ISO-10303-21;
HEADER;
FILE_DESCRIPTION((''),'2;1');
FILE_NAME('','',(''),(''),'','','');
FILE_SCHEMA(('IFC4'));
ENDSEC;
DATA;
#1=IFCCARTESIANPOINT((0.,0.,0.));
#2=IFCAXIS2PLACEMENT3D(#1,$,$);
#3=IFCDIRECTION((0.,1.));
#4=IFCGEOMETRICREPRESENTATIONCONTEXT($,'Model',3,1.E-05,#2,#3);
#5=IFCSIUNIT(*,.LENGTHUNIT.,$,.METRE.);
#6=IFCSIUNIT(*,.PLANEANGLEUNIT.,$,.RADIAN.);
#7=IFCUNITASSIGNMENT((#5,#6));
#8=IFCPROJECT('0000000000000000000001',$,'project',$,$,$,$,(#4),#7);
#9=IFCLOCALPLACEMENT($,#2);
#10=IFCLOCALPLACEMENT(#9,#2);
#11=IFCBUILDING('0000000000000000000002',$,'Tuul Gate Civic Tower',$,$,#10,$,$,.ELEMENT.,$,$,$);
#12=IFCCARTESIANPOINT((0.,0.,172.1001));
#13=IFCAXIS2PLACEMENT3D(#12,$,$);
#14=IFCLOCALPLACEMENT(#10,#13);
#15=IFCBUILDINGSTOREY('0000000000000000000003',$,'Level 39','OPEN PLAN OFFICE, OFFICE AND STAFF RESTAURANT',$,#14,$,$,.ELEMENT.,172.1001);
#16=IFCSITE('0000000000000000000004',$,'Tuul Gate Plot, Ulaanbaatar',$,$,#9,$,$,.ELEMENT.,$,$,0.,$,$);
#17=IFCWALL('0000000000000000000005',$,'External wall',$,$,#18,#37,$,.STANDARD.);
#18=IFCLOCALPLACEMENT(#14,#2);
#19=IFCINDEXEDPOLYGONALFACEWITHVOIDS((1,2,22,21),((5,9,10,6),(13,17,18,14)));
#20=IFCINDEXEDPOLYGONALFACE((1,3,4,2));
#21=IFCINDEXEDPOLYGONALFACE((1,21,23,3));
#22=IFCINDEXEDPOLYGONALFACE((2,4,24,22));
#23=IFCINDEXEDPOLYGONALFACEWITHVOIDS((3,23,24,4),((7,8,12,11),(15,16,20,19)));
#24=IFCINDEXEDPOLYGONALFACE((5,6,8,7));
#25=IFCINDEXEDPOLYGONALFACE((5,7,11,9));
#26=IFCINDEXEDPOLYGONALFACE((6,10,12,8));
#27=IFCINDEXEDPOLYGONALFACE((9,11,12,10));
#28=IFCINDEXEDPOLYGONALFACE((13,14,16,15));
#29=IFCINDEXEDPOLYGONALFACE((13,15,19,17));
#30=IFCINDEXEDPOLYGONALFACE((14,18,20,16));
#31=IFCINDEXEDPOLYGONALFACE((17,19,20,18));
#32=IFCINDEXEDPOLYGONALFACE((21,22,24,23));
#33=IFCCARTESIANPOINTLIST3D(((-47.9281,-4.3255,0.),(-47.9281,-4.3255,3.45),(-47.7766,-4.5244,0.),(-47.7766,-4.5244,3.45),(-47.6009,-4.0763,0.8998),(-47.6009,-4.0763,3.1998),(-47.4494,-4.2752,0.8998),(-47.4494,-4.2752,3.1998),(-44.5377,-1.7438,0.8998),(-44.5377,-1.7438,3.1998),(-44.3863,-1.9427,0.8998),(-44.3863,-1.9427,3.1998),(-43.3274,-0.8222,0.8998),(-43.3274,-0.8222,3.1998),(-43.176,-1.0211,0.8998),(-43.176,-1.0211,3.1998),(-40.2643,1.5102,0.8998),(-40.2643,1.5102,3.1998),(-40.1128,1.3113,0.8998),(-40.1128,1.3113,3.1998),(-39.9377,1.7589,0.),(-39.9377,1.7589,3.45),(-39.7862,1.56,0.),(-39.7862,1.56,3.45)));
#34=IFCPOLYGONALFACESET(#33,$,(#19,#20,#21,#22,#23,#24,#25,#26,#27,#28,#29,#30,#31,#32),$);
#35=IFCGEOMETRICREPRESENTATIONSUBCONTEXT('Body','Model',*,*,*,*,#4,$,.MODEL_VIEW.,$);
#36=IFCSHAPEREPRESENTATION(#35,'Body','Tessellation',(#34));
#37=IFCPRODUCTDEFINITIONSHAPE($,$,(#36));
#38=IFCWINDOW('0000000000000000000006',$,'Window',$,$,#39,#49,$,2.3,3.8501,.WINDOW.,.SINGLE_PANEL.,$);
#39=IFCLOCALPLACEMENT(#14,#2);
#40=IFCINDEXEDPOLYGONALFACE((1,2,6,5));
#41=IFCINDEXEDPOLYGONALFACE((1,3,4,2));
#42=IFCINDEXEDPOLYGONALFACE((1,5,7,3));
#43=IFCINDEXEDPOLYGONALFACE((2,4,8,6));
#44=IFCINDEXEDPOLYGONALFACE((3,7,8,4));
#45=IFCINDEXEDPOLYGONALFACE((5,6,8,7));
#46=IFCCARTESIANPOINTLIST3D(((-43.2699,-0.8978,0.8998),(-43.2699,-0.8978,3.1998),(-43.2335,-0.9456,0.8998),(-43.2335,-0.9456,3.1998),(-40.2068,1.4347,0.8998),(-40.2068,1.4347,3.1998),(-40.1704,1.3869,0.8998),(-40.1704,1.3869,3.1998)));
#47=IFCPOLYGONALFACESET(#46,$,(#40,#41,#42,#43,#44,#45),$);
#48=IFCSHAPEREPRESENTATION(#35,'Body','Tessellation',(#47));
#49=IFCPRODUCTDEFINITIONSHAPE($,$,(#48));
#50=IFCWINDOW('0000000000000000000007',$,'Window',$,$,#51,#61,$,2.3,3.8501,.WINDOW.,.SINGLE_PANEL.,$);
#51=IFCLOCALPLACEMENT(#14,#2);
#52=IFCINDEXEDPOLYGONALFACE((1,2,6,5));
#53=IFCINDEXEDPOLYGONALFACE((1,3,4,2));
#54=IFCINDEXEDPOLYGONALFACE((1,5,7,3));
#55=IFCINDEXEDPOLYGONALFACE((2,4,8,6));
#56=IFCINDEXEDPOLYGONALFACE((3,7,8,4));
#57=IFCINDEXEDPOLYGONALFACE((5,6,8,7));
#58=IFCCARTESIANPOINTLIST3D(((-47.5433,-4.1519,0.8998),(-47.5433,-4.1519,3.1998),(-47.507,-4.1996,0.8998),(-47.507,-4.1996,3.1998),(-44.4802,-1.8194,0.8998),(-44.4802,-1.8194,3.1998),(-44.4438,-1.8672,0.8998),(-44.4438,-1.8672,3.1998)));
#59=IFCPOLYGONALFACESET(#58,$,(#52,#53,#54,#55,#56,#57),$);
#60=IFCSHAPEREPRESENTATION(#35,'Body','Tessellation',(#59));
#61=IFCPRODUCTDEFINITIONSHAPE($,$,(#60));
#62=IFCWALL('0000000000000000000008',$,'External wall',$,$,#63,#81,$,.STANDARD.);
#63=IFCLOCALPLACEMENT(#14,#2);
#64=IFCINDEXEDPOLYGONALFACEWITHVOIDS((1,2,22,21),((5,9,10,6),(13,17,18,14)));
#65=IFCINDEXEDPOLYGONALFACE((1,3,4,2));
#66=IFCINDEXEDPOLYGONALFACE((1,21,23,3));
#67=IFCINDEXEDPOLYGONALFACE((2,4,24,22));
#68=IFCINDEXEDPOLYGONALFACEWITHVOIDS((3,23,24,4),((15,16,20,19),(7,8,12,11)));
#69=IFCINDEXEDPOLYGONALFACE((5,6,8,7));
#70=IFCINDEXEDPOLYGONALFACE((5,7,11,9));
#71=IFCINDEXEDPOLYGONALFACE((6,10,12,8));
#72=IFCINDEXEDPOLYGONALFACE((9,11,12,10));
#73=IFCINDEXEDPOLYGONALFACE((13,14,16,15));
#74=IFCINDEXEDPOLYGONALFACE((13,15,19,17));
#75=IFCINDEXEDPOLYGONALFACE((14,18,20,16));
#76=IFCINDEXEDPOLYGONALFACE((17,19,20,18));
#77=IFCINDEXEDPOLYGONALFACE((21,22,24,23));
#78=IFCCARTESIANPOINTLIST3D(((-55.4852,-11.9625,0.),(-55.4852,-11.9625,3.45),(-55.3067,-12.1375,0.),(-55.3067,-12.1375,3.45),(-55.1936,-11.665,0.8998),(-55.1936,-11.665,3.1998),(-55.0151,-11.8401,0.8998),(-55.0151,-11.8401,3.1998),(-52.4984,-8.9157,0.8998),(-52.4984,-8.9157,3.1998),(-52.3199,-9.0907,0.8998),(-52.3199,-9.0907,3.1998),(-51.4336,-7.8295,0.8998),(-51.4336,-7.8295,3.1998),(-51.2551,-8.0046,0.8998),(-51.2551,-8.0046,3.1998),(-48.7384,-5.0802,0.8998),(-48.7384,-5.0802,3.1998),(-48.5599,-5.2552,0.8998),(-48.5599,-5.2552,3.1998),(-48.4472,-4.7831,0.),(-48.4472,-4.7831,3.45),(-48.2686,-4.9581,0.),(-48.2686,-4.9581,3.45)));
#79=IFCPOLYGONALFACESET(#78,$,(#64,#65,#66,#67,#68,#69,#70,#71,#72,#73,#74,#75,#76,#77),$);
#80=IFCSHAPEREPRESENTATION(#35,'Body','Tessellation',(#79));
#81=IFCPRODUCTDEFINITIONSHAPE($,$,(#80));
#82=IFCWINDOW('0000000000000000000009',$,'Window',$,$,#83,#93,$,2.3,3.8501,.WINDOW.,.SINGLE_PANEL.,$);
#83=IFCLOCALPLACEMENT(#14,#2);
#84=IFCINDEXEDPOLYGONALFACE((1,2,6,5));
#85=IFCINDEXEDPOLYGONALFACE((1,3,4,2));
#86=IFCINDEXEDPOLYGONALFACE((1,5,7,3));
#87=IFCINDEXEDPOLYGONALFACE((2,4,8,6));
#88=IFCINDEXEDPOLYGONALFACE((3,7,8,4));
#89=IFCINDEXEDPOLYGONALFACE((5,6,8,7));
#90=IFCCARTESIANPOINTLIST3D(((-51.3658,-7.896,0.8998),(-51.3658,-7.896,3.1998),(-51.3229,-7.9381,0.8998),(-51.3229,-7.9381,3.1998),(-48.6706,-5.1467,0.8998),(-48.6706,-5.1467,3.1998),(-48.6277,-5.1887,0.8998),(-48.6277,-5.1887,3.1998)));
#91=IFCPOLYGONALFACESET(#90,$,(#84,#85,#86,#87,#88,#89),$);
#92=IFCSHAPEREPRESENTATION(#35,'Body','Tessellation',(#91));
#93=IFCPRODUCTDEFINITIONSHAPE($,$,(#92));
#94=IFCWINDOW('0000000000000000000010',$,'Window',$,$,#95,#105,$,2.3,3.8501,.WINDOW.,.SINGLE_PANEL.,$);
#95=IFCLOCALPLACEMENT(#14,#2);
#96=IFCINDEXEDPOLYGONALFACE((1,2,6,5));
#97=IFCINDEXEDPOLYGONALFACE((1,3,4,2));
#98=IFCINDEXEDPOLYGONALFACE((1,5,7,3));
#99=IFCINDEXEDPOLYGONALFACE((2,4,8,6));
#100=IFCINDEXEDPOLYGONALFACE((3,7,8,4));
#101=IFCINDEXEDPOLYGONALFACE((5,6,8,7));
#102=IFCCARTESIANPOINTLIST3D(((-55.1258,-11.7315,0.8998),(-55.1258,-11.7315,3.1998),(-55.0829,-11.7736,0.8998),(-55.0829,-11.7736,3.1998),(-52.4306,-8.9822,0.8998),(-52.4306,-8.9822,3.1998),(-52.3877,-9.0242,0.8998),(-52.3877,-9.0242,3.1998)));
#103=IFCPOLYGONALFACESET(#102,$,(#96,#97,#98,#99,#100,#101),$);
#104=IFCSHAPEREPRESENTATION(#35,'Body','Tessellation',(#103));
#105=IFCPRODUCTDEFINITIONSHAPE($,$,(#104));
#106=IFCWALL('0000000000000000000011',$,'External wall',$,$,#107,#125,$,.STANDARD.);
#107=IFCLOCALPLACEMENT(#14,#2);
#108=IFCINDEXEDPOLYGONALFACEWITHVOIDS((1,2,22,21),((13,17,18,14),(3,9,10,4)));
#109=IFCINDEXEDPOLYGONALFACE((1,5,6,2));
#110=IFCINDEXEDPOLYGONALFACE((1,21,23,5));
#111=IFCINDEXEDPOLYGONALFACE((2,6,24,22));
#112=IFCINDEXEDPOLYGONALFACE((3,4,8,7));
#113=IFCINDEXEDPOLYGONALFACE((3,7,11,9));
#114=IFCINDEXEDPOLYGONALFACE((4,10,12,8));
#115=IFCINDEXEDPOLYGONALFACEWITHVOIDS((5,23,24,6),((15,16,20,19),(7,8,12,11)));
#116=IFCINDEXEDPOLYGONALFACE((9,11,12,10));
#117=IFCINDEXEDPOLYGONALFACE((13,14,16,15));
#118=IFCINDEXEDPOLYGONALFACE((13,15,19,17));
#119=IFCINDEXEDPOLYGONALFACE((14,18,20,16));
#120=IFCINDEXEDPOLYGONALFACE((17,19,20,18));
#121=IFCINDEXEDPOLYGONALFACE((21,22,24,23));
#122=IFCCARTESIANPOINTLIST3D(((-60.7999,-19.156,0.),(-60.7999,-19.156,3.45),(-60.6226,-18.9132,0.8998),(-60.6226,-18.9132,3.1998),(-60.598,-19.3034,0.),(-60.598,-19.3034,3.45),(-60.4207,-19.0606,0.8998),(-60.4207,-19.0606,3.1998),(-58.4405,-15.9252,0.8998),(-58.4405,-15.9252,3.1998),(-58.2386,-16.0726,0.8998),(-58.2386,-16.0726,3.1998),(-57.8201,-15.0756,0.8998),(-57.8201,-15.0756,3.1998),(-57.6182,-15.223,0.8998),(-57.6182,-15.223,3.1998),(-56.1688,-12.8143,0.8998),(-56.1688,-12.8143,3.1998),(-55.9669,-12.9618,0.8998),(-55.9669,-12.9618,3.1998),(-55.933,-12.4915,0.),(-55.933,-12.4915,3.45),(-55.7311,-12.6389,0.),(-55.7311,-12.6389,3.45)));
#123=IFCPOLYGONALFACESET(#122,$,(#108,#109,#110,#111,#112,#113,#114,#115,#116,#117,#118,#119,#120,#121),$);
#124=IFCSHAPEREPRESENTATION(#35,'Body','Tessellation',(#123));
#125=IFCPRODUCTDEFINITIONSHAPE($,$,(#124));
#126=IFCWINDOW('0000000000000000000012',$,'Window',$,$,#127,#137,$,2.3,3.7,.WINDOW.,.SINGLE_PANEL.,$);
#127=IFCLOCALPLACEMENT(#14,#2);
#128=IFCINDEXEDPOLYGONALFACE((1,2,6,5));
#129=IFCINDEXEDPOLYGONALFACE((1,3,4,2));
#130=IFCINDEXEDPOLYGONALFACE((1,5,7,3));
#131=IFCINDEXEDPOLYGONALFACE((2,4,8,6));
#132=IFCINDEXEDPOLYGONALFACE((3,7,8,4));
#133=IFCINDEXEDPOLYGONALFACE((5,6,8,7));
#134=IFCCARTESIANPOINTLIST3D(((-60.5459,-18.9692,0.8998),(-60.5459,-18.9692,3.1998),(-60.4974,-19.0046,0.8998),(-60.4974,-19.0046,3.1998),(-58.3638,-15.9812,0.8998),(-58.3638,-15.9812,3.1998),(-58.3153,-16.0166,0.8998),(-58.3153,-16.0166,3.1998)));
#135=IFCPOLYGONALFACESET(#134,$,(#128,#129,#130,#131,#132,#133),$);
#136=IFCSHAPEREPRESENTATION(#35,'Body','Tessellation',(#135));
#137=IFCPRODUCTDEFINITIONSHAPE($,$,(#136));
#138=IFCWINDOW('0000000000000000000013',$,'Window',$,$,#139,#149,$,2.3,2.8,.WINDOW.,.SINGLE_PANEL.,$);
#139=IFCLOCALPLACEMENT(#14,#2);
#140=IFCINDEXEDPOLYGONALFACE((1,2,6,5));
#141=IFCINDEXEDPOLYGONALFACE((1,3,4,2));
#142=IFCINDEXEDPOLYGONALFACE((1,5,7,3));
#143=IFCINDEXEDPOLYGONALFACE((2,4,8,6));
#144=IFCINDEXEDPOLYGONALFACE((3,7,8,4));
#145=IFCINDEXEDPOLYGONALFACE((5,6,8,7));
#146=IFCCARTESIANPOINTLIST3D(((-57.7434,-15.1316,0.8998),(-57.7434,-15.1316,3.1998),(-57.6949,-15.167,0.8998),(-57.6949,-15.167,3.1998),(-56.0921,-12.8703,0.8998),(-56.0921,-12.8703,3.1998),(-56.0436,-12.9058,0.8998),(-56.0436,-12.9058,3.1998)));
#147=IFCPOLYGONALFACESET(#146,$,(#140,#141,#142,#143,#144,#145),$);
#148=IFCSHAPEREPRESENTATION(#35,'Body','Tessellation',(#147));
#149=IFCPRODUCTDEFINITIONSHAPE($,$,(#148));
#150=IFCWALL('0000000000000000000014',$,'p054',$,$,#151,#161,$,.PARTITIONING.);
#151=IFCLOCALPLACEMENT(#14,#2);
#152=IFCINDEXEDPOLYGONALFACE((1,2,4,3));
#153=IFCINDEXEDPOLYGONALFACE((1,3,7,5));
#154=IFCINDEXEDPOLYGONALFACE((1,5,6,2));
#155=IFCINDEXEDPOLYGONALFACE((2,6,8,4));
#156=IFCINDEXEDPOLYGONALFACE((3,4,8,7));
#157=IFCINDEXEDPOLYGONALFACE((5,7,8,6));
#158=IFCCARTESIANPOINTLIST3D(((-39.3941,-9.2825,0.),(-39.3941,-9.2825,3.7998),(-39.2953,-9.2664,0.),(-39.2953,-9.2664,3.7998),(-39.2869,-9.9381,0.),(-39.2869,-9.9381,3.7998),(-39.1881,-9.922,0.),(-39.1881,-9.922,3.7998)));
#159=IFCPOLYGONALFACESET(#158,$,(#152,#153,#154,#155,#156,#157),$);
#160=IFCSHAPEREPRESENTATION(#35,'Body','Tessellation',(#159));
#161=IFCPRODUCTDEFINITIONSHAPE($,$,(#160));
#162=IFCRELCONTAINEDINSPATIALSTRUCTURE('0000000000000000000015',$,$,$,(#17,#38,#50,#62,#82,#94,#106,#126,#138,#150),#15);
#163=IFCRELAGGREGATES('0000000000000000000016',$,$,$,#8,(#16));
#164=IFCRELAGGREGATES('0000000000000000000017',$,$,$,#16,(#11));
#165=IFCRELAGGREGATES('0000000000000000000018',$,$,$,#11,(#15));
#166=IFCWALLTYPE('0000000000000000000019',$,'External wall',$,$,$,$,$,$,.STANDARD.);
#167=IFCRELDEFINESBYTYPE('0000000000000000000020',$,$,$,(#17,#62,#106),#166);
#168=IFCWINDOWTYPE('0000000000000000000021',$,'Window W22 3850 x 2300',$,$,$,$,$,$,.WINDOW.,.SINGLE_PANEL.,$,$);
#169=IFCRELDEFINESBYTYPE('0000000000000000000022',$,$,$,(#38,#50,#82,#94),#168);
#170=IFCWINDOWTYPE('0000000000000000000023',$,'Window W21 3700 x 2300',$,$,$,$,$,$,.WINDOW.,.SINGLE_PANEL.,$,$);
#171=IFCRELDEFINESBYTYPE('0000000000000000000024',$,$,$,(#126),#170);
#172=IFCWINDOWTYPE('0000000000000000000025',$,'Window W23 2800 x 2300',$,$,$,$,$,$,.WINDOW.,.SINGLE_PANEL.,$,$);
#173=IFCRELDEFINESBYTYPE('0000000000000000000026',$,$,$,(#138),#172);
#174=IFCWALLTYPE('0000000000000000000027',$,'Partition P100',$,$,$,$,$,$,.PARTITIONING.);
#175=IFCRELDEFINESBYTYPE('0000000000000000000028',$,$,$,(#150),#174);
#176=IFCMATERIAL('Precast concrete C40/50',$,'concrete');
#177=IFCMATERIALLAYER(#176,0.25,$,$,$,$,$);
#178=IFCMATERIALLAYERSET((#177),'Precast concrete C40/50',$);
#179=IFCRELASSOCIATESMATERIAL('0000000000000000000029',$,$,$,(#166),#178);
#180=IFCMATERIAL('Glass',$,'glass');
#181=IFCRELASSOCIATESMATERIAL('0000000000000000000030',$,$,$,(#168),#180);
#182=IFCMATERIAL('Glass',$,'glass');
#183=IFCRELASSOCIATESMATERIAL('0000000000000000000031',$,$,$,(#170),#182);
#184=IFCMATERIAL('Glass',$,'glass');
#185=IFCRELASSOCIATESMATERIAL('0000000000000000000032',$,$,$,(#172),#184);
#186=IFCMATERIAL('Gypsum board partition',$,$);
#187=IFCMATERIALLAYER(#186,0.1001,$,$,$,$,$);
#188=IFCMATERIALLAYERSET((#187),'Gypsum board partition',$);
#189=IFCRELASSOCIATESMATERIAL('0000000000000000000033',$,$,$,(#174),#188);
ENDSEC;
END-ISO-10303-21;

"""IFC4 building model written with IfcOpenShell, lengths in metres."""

from ifc_helpers import new_model, si_unit, direction, frame, frame_2d, origin, place, context, subcontext, project, spatial, rectangle, extrude, material, layer, layer_set, type_object, element, fill, save


model = new_model("IFC4")

# Units and contexts
model_context = context("Model", 3, precision=1e-05, world=origin(), true_north=direction((0.0, 1.0)))
body_context = subcontext(model_context, "Body", "Model", "MODEL_VIEW")
ifc_project = project(units=[si_unit("LENGTHUNIT", "METRE"), si_unit("PLANEANGLEUNIT", "RADIAN")], contexts=[model_context])

# Site, building, storey
site_placement = place(None, origin())
site = spatial("IfcSite", under=ifc_project, at=site_placement, Name="Tuul Gate Plot, Ulaanbaatar", CompositionType="ELEMENT", RefElevation=0.0)
building_placement = place(site_placement, origin())
building = spatial("IfcBuilding", under=site, at=building_placement, Name="Tuul Gate Civic Tower", CompositionType="ELEMENT")
storey_placement = place(building_placement, frame((0.0, 0.0, 172.1001)))
storey = spatial("IfcBuildingStorey", under=building, at=storey_placement, Name="Level 39", Description="OPEN PLAN OFFICE, OFFICE AND STAFF RESTAURANT", CompositionType="ELEMENT", Elevation=172.1001)

# Walls, openings, windows
ifc_material_1 = material(Name="Precast concrete C40/50", Category="concrete")
ifc_layer_1 = layer(ifc_material_1, 0.25)
ifc_layer_set_1 = layer_set([ifc_layer_1], Name="Precast concrete C40/50")
wall_type_1 = type_object("IfcWallType", Name="External wall", PredefinedType="STANDARD", material=ifc_layer_set_1)
wall_1_placement = place(storey_placement, frame((-39.8621, 1.6594, 0.0), z_axis=(0.0, 0.0, 1.0), x_axis=(-0.7956, -0.605822, 0.0)))
wall_1 = element("IfcWall", 1, at=wall_1_placement, inside=storey, type_object=wall_type_1, Name="External wall", PredefinedType="STANDARD", context=body_context, shape_type="SweptSolid", body=[
    extrude(rectangle(XDim=10.0432, YDim=0.25, at=frame_2d((5.0215, 0.0))), origin(), (0.0, 0.0, 1.0), 3.45),
])
opening_1_placement = place(wall_1_placement, frame((0.4104, 0.0, 0.8999)))
opening_1 = element("IfcOpeningElement", 2, at=opening_1_placement, cuts=wall_1, PredefinedType="OPENING", context=body_context, shape_type="SweptSolid", body=[
    extrude(rectangle(XDim=3.8501, YDim=2.3, at=frame_2d((1.925, 1.1499))), frame((0.0, 0.135, 0.0), z_axis=(0.0, -1.0, 0.0), x_axis=(1.0, 0.0, 0.0)), (0.0, 0.0, 1.0), 0.27),
])
opening_2_placement = place(wall_1_placement, frame((5.7817, 0.0, 0.8999)))
opening_2 = element("IfcOpeningElement", 3, at=opening_2_placement, cuts=wall_1, PredefinedType="OPENING", context=body_context, shape_type="SweptSolid", body=[
    extrude(rectangle(XDim=3.8501, YDim=2.3, at=frame_2d((1.925, 1.1499))), frame((0.0, 0.135, 0.0), z_axis=(0.0, -1.0, 0.0), x_axis=(1.0, 0.0, 0.0)), (0.0, 0.0, 1.0), 0.27),
])
ifc_material_2 = material(Name="Glass", Category="glass")
window_type_1 = type_object("IfcWindowType", Name="Window W22 3850 x 2300", PartitioningType="SINGLE_PANEL", PredefinedType="WINDOW", material=ifc_material_2)
window_1_placement = place(opening_1_placement, origin())
window_1 = element("IfcWindow", 4, at=window_1_placement, inside=storey, type_object=window_type_1, Name="Window", OverallHeight=2.3, OverallWidth=3.8501, PartitioningType="SINGLE_PANEL", PredefinedType="WINDOW", context=body_context, shape_type="SweptSolid", body=[
    extrude(rectangle(XDim=3.8501, YDim=2.3, at=frame_2d((1.925, 1.1499))), frame((0.0, 0.03, 0.0), z_axis=(0.0, -1.0, 0.0), x_axis=(1.0, 0.0, 0.0)), (0.0, 0.0, 1.0), 0.0601),
])
fill(opening_1, window_1)
window_2_placement = place(opening_2_placement, origin())
window_2 = element("IfcWindow", 5, at=window_2_placement, inside=storey, type_object=window_type_1, Name="Window", OverallHeight=2.3, OverallWidth=3.8501, PartitioningType="SINGLE_PANEL", PredefinedType="WINDOW", context=body_context, shape_type="SweptSolid", body=[
    extrude(rectangle(XDim=3.8501, YDim=2.3, at=frame_2d((1.925, 1.1499))), frame((0.0, 0.03, 0.0), z_axis=(0.0, -1.0, 0.0), x_axis=(1.0, 0.0, 0.0)), (0.0, 0.0, 1.0), 0.0601),
])
fill(opening_2, window_2)
wall_2_placement = place(storey_placement, frame((-48.3579, -4.8706, 0.0), z_axis=(0.0, 0.0, 1.0), x_axis=(-0.700042, -0.714102, 0.0)))
wall_2 = element("IfcWall", 6, at=wall_2_placement, inside=storey, type_object=wall_type_1, Name="External wall", PredefinedType="STANDARD", context=body_context, shape_type="SweptSolid", body=[
    extrude(rectangle(XDim=10.0537, YDim=0.25, at=frame_2d((5.0269, 0.0))), origin(), (0.0, 0.0, 1.0), 3.45),
])
opening_3_placement = place(wall_2_placement, frame((0.416, 0.0, 0.8999)))
opening_3 = element("IfcOpeningElement", 7, at=opening_3_placement, cuts=wall_2, PredefinedType="OPENING", context=body_context, shape_type="SweptSolid", body=[
    extrude(rectangle(XDim=3.8501, YDim=2.3, at=frame_2d((1.925, 1.1499))), frame((0.0, 0.135, 0.0), z_axis=(0.0, -1.0, 0.0), x_axis=(1.0, 0.0, 0.0)), (0.0, 0.0, 1.0), 0.27),
])
opening_4_placement = place(wall_2_placement, frame((5.7871, 0.0, 0.8999)))
opening_4 = element("IfcOpeningElement", 8, at=opening_4_placement, cuts=wall_2, PredefinedType="OPENING", context=body_context, shape_type="SweptSolid", body=[
    extrude(rectangle(XDim=3.8501, YDim=2.3, at=frame_2d((1.925, 1.1499))), frame((0.0, 0.135, 0.0), z_axis=(0.0, -1.0, 0.0), x_axis=(1.0, 0.0, 0.0)), (0.0, 0.0, 1.0), 0.27),
])
window_3_placement = place(opening_3_placement, origin())
window_3 = element("IfcWindow", 9, at=window_3_placement, inside=storey, type_object=window_type_1, Name="Window", OverallHeight=2.3, OverallWidth=3.8501, PartitioningType="SINGLE_PANEL", PredefinedType="WINDOW", context=body_context, shape_type="SweptSolid", body=[
    extrude(rectangle(XDim=3.8501, YDim=2.3, at=frame_2d((1.925, 1.1499))), frame((0.0, 0.03, 0.0), z_axis=(0.0, -1.0, 0.0), x_axis=(1.0, 0.0, 0.0)), (0.0, 0.0, 1.0), 0.0601),
])
fill(opening_3, window_3)
window_4_placement = place(opening_4_placement, origin())
window_4 = element("IfcWindow", 10, at=window_4_placement, inside=storey, type_object=window_type_1, Name="Window", OverallHeight=2.3, OverallWidth=3.8501, PartitioningType="SINGLE_PANEL", PredefinedType="WINDOW", context=body_context, shape_type="SweptSolid", body=[
    extrude(rectangle(XDim=3.8501, YDim=2.3, at=frame_2d((1.925, 1.1499))), frame((0.0, 0.03, 0.0), z_axis=(0.0, -1.0, 0.0), x_axis=(1.0, 0.0, 0.0)), (0.0, 0.0, 1.0), 0.0601),
])
fill(opening_4, window_4)
wall_3_placement = place(storey_placement, frame((-55.832, -12.5652, 0.0), z_axis=(0.0, 0.0, 1.0), x_axis=(-0.589755, -0.807582, 0.0)))
wall_3 = element("IfcWall", 11, at=wall_3_placement, inside=storey, type_object=wall_type_1, Name="External wall", PredefinedType="STANDARD", context=body_context, shape_type="SweptSolid", body=[
    extrude(rectangle(XDim=8.2524, YDim=0.25, at=frame_2d((4.1262, 0.0))), origin(), (0.0, 0.0, 1.0), 3.45),
])
opening_5_placement = place(wall_3_placement, frame((0.3999, 0.0, 0.8999)))
opening_5 = element("IfcOpeningElement", 12, at=opening_5_placement, cuts=wall_3, PredefinedType="OPENING", context=body_context, shape_type="SweptSolid", body=[
    extrude(rectangle(XDim=2.8, YDim=2.3, at=frame_2d((1.3999, 1.1499))), frame((0.0, 0.135, 0.0), z_axis=(0.0, -1.0, 0.0), x_axis=(1.0, 0.0, 0.0)), (0.0, 0.0, 1.0), 0.27),
])
opening_6_placement = place(wall_3_placement, frame((4.2517, 0.0, 0.8999)))
opening_6 = element("IfcOpeningElement", 13, at=opening_6_placement, cuts=wall_3, PredefinedType="OPENING", context=body_context, shape_type="SweptSolid", body=[
    extrude(rectangle(XDim=3.7, YDim=2.3, at=frame_2d((1.8501, 1.1499))), frame((0.0, 0.135, 0.0), z_axis=(0.0, -1.0, 0.0), x_axis=(1.0, 0.0, 0.0)), (0.0, 0.0, 1.0), 0.27),
])
ifc_material_3 = material(Name="Glass", Category="glass")
window_type_2 = type_object("IfcWindowType", Name="Window W21 3700 x 2300", PartitioningType="SINGLE_PANEL", PredefinedType="WINDOW", material=ifc_material_3)
window_5_placement = place(opening_6_placement, origin())
window_5 = element("IfcWindow", 14, at=window_5_placement, inside=storey, type_object=window_type_2, Name="Window", OverallHeight=2.3, OverallWidth=3.7, PartitioningType="SINGLE_PANEL", PredefinedType="WINDOW", context=body_context, shape_type="SweptSolid", body=[
    extrude(rectangle(XDim=3.7, YDim=2.3, at=frame_2d((1.8501, 1.1499))), frame((0.0, 0.03, 0.0), z_axis=(0.0, -1.0, 0.0), x_axis=(1.0, 0.0, 0.0)), (0.0, 0.0, 1.0), 0.0601),
])
fill(opening_6, window_5)
ifc_material_4 = material(Name="Glass", Category="glass")
window_type_3 = type_object("IfcWindowType", Name="Window W23 2800 x 2300", PartitioningType="SINGLE_PANEL", PredefinedType="WINDOW", material=ifc_material_4)
window_6_placement = place(opening_5_placement, origin())
window_6 = element("IfcWindow", 15, at=window_6_placement, inside=storey, type_object=window_type_3, Name="Window", OverallHeight=2.3, OverallWidth=2.8, PartitioningType="SINGLE_PANEL", PredefinedType="WINDOW", context=body_context, shape_type="SweptSolid", body=[
    extrude(rectangle(XDim=2.8, YDim=2.3, at=frame_2d((1.3999, 1.1499))), frame((0.0, 0.03, 0.0), z_axis=(0.0, -1.0, 0.0), x_axis=(1.0, 0.0, 0.0)), (0.0, 0.0, 1.0), 0.0601),
])
fill(opening_5, window_6)

# Wall
ifc_material_5 = material(Name="Gypsum board partition")
ifc_layer_2 = layer(ifc_material_5, 0.1001)
ifc_layer_set_2 = layer_set([ifc_layer_2], Name="Gypsum board partition")
wall_type_2 = type_object("IfcWallType", Name="Partition P100", PredefinedType="PARTITIONING", material=ifc_layer_set_2)
wall_4_placement = place(storey_placement, frame((-39.2375, -9.9299, 0.0), z_axis=(0.0, 0.0, 1.0), x_axis=(-0.161358, 0.986896, 0.0)))
element("IfcWall", 16, at=wall_4_placement, inside=storey, type_object=wall_type_2, Name="p054", PredefinedType="PARTITIONING", context=body_context, shape_type="SweptSolid", body=[
    extrude(rectangle(XDim=0.6643, YDim=0.1001, at=frame_2d((0.332, 0.0))), origin(), (0.0, 0.0, 1.0), 3.7998),
])

save(model, "model.ifc")
